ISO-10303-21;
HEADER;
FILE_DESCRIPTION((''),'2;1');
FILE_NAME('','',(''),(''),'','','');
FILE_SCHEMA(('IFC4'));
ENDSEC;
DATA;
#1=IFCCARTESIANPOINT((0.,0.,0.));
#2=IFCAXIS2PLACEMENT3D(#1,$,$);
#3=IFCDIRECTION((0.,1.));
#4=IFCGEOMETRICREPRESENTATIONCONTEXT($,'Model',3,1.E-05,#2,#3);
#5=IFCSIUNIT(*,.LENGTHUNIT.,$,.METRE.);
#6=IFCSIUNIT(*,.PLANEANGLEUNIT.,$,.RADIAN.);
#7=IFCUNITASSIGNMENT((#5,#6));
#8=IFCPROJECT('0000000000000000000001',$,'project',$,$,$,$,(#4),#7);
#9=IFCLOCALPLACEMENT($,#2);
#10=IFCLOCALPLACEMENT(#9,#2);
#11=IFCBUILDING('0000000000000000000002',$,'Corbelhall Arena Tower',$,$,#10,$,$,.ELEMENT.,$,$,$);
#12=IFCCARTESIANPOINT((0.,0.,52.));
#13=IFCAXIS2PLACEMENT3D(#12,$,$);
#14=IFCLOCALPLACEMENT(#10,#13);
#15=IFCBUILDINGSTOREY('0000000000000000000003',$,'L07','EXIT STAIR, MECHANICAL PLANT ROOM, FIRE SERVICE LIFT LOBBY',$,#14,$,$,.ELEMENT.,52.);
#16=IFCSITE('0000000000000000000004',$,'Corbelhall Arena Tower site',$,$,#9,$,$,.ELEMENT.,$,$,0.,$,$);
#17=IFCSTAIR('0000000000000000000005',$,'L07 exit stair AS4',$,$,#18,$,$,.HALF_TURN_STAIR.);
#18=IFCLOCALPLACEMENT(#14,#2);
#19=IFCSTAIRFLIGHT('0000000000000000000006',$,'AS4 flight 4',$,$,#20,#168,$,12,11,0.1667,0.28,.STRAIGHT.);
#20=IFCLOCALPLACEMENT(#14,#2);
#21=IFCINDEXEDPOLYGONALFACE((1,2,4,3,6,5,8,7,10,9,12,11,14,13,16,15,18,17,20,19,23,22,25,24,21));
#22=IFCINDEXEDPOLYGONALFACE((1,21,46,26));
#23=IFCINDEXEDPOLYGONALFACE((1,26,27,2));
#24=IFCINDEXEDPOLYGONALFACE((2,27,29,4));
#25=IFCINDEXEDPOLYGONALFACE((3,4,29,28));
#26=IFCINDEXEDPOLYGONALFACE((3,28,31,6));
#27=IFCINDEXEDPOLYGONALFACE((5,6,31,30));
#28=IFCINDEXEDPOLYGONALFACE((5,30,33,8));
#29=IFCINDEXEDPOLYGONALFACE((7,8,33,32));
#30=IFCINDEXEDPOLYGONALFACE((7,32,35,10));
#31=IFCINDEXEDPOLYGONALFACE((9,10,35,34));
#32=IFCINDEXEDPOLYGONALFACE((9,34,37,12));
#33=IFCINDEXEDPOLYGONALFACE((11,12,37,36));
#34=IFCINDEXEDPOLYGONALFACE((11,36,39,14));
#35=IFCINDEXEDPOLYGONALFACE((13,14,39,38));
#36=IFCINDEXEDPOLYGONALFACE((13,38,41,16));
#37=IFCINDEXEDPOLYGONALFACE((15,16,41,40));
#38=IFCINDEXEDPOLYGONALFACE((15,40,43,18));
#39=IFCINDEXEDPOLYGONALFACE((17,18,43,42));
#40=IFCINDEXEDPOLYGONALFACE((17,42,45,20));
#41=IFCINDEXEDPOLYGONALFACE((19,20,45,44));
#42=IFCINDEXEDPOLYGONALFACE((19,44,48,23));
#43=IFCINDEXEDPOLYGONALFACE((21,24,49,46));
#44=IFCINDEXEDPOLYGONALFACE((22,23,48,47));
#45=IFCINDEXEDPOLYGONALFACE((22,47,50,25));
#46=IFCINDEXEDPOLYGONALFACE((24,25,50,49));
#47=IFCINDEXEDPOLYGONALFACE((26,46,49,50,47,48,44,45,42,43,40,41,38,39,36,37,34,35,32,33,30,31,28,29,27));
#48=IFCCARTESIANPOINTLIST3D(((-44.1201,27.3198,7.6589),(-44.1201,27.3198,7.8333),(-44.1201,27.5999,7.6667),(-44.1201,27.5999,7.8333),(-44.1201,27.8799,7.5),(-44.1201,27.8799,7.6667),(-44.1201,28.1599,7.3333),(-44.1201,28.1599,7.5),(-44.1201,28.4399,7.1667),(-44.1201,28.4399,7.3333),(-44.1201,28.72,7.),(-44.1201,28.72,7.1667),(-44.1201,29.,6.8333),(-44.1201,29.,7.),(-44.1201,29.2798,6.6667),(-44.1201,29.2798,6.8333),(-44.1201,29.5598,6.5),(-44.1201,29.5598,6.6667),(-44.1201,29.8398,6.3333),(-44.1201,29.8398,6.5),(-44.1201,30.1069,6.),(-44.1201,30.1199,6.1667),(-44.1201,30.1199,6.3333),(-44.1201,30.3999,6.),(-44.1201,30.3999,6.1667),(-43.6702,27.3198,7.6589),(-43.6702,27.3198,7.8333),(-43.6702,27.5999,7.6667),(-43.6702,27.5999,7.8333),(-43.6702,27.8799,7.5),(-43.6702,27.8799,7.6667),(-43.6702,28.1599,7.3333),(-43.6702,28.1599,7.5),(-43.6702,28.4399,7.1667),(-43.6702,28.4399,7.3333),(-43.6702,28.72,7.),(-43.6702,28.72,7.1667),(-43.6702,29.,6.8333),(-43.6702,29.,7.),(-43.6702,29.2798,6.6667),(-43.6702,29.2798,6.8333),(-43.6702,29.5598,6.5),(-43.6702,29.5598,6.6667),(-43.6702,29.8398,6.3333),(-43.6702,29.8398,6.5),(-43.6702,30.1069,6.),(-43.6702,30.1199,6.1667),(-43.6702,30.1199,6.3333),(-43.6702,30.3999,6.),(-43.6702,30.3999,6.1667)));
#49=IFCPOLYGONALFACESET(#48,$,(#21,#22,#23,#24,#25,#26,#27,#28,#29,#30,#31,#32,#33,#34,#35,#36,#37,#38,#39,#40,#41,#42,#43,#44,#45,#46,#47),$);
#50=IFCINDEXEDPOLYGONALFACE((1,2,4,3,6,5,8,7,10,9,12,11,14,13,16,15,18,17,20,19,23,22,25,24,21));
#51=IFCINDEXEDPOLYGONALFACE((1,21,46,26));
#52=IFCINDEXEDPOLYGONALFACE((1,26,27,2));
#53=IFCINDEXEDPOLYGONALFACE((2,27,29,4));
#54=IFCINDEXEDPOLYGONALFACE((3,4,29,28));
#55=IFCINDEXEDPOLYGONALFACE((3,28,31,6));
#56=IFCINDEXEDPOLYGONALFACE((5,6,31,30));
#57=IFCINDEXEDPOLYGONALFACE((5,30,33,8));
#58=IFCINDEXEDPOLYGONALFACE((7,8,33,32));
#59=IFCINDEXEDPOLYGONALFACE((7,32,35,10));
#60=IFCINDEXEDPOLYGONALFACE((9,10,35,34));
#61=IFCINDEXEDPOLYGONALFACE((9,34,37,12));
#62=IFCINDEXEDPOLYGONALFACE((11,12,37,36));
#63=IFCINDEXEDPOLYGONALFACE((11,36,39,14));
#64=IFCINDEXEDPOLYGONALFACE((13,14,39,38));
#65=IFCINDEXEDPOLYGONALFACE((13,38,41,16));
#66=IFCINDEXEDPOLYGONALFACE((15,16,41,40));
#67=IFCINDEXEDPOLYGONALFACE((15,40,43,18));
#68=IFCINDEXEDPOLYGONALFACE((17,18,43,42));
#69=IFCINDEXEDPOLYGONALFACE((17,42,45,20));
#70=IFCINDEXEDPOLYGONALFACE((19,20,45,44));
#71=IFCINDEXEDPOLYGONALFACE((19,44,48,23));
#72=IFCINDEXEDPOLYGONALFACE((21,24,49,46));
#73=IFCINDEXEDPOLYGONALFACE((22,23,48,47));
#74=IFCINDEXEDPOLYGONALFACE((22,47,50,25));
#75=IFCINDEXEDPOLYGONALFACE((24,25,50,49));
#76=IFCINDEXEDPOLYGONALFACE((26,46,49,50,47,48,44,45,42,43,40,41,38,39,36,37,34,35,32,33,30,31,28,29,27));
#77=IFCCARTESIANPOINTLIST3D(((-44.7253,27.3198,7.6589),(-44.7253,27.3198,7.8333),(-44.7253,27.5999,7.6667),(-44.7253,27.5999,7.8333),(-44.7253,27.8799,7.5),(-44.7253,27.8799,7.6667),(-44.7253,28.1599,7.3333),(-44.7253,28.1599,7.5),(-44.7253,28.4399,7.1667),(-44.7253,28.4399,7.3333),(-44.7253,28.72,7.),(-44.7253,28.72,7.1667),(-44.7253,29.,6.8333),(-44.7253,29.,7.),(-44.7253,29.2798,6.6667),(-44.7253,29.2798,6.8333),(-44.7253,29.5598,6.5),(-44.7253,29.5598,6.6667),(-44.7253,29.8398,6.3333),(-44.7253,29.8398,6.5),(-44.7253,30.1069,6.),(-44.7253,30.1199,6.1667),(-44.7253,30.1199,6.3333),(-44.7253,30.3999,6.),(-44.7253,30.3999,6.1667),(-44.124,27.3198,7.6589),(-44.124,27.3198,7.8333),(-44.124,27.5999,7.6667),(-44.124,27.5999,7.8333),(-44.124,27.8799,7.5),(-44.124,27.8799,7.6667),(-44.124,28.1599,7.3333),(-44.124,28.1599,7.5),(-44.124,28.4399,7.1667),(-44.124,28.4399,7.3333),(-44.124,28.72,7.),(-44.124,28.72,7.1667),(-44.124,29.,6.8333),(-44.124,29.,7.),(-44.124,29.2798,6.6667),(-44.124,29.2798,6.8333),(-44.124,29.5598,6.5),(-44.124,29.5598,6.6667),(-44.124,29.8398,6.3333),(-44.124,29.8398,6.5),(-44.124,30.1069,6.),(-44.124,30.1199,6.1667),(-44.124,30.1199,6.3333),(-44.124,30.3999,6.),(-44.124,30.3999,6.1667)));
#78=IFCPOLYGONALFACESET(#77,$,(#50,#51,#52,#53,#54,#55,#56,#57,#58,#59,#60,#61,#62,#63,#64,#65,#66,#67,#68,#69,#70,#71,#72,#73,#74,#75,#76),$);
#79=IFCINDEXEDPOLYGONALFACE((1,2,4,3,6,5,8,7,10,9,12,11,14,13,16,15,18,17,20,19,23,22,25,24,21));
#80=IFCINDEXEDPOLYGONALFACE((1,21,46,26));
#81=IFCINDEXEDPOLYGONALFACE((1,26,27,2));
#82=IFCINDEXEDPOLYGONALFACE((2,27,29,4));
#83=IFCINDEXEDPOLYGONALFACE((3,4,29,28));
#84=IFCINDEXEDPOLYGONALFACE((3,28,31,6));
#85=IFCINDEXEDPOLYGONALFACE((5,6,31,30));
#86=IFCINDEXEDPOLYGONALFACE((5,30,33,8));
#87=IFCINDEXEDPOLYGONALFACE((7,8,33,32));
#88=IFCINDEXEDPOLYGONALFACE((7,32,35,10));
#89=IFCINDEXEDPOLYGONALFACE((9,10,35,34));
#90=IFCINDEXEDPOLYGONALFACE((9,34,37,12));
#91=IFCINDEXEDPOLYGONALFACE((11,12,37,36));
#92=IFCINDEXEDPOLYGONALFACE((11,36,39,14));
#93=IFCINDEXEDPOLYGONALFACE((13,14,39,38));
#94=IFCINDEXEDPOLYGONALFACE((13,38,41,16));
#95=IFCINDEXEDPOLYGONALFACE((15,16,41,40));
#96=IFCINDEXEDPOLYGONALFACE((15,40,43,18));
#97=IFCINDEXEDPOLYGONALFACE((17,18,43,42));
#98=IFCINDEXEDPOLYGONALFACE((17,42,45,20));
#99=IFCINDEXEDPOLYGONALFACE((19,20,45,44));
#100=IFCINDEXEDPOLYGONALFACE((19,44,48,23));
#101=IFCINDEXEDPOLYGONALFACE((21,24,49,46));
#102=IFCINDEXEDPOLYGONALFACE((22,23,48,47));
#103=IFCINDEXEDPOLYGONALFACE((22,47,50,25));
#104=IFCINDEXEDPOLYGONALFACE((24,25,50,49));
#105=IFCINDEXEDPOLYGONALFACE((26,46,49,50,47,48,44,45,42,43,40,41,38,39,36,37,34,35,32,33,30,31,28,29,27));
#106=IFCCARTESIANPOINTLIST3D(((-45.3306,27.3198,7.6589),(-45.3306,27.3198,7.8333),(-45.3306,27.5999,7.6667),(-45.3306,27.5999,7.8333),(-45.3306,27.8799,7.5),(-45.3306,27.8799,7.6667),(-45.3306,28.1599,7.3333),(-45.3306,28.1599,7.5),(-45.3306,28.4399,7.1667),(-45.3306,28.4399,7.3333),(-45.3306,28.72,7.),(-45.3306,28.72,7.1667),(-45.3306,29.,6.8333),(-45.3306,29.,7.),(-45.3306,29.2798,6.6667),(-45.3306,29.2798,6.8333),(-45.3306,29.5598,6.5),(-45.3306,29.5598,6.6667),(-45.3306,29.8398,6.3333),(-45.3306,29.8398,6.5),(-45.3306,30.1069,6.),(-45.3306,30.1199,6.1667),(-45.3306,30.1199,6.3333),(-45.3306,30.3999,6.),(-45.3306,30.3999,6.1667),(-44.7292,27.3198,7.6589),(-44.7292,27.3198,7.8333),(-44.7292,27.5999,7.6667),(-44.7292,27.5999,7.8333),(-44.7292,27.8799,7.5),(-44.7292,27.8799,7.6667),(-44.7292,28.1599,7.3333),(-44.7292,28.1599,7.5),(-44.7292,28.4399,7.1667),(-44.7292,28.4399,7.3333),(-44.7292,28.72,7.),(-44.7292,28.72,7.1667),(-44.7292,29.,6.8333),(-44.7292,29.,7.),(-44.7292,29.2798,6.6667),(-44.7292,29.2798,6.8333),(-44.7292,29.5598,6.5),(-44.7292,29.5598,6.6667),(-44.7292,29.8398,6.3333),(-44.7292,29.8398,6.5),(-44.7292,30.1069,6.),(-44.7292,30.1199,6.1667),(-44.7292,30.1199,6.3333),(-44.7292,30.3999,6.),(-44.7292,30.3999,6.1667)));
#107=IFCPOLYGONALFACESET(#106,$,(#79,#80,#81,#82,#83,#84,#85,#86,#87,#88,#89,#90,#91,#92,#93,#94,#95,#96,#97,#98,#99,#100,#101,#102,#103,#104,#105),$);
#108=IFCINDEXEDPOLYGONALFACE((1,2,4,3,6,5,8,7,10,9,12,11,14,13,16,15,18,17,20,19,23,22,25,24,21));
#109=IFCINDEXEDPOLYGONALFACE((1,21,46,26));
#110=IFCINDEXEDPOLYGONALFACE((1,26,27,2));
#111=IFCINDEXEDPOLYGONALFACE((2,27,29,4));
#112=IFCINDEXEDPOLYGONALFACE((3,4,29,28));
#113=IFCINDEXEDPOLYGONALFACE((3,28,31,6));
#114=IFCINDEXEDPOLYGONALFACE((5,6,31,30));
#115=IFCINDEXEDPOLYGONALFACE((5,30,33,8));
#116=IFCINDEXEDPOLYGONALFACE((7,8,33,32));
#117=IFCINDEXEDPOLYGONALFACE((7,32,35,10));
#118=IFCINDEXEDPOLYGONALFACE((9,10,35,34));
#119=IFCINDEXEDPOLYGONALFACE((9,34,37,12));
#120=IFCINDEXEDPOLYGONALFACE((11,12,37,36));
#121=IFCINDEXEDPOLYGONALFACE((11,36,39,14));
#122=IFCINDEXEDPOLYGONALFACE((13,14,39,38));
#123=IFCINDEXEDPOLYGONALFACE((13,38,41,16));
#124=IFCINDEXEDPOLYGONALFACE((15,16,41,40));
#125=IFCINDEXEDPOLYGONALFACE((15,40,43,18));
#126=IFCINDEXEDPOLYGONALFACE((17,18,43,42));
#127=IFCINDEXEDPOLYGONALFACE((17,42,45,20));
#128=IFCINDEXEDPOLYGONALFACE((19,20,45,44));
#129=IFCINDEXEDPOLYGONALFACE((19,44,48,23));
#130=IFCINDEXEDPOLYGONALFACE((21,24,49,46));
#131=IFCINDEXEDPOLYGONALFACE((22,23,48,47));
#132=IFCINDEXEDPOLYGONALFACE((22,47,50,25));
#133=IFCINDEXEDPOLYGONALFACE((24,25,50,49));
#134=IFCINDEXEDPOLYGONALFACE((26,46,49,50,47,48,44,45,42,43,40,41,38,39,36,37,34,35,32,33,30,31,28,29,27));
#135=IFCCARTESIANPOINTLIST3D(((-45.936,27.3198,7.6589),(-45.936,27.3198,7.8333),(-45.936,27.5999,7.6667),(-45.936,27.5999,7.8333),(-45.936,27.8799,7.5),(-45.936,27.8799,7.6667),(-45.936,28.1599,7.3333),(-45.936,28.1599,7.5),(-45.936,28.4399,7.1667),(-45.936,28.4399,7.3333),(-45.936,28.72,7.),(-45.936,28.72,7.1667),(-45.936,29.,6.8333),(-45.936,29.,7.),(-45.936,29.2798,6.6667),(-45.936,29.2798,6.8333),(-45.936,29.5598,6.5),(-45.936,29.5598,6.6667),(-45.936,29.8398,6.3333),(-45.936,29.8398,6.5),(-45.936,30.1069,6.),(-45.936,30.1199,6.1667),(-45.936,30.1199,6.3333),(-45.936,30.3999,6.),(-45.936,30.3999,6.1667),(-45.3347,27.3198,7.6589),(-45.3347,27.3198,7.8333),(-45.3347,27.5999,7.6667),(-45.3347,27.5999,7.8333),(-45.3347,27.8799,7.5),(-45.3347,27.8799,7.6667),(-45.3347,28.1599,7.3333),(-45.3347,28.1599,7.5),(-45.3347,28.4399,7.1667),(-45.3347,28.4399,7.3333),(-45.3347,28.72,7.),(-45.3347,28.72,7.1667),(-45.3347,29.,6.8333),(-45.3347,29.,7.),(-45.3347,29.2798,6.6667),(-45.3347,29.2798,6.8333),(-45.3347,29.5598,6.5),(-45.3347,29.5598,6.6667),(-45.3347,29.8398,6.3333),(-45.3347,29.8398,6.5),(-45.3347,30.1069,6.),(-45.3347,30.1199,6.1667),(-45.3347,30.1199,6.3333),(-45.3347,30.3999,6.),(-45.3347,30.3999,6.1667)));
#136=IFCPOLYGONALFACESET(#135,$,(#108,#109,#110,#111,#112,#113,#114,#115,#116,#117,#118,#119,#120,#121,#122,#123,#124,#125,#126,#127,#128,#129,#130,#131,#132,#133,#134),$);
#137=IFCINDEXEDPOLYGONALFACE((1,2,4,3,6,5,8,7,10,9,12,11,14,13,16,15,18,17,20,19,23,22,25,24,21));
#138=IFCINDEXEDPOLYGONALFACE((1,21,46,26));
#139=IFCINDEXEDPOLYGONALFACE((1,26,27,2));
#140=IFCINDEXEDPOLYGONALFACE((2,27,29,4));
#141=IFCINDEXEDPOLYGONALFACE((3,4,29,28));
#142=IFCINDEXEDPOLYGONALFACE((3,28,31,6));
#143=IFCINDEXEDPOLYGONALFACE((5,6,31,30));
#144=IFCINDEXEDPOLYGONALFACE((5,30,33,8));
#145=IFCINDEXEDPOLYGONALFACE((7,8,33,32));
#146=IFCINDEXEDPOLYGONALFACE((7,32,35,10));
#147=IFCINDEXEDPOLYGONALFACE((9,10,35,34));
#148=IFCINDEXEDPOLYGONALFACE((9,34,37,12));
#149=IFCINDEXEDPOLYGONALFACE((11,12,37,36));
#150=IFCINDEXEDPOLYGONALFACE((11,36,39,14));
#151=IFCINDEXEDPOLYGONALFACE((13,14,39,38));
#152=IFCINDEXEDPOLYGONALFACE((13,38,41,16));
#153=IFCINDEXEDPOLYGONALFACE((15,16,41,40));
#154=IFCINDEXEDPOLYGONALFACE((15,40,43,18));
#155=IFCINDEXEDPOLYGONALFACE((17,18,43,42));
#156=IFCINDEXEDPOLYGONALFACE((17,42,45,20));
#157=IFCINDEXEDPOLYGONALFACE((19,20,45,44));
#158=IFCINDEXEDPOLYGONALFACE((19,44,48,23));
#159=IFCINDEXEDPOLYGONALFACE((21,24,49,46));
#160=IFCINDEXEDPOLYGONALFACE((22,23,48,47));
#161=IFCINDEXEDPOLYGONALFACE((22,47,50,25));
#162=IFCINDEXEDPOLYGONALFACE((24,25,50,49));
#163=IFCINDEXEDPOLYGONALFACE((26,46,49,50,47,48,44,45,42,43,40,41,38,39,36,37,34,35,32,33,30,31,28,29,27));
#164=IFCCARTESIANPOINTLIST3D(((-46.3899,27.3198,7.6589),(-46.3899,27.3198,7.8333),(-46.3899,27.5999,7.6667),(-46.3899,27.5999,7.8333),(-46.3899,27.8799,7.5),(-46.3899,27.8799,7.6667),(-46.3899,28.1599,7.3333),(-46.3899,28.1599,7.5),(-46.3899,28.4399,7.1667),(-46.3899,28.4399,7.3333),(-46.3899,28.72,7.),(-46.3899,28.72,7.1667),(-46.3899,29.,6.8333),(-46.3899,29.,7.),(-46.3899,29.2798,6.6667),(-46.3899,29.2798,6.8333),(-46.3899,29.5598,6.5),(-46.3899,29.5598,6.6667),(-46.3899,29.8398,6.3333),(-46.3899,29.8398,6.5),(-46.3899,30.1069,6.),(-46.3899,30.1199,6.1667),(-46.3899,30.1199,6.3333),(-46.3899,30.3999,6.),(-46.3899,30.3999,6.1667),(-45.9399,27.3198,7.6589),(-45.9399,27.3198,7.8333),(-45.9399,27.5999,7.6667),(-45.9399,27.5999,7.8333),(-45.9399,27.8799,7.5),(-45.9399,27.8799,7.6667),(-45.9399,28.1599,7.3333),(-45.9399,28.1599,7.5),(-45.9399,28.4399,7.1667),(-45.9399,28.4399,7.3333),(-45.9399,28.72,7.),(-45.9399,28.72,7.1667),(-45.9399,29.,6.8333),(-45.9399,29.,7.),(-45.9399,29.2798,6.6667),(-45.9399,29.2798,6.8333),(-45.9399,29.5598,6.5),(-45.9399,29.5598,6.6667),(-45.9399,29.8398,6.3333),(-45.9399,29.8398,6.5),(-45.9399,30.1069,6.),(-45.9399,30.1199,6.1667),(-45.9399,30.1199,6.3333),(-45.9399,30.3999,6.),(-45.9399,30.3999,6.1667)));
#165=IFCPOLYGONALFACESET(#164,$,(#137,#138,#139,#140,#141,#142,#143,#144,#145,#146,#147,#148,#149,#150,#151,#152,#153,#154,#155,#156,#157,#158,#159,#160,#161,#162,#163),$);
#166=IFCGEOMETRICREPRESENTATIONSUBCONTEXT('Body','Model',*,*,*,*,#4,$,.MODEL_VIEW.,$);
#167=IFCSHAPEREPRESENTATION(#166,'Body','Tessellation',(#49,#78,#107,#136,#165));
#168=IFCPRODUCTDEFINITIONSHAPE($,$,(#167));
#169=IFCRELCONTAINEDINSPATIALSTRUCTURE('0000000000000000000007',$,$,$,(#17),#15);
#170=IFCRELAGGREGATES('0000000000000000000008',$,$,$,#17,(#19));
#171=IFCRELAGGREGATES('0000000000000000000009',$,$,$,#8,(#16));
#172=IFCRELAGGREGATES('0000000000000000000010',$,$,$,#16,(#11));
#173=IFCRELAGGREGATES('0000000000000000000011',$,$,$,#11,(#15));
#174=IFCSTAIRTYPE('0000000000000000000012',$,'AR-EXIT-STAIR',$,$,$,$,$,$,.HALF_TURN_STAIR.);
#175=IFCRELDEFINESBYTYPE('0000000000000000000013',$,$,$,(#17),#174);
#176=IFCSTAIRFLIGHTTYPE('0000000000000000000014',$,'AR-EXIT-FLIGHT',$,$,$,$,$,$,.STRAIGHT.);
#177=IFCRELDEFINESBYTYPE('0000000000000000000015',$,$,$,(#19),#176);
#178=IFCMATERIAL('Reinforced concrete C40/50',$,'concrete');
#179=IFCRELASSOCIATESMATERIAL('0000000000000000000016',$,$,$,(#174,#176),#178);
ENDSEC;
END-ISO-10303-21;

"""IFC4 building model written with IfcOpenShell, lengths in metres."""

from ifc_helpers import new_model, si_unit, direction, frame, origin, place, context, subcontext, project, spatial, polyline, outline, extrude, material, type_object, element, aggregate, save


model = new_model("IFC4")

# Units and contexts
model_context = context("Model", 3, precision=1e-05, world=origin(), true_north=direction((0.0, 1.0)))
body_context = subcontext(model_context, "Body", "Model", "MODEL_VIEW")
ifc_project = project(units=[si_unit("LENGTHUNIT", "METRE"), si_unit("PLANEANGLEUNIT", "RADIAN")], contexts=[model_context])

# Site, building, storey
site_placement = place(None, origin())
site = spatial("IfcSite", under=ifc_project, at=site_placement, Name="Corbelhall Arena Tower site", CompositionType="ELEMENT", RefElevation=0.0)
building_placement = place(site_placement, origin())
building = spatial("IfcBuilding", under=site, at=building_placement, Name="Corbelhall Arena Tower", CompositionType="ELEMENT")
storey_placement = place(building_placement, frame((0.0, 0.0, 52.0)))
storey = spatial("IfcBuildingStorey", under=building, at=storey_placement, Name="L07", Description="EXIT STAIR, MECHANICAL PLANT ROOM, FIRE SERVICE LIFT LOBBY", CompositionType="ELEMENT", Elevation=52.0)

# Shared definitions
ifc_material_1 = material(Name="Reinforced concrete C40/50", Category="concrete")

# Stair, stair flight
stair_type = type_object("IfcStairType", Name="AR-EXIT-STAIR", PredefinedType="HALF_TURN_STAIR", material=ifc_material_1)
stair_flight_type = type_object("IfcStairFlightType", Name="AR-EXIT-FLIGHT", PredefinedType="STRAIGHT", material=ifc_material_1)
stair_1_placement = place(storey_placement, origin())
stair_1 = element("IfcStair", 1, at=stair_1_placement, inside=storey, type_object=stair_type, Name="L07 exit stair AS4", PredefinedType="HALF_TURN_STAIR")
stair_flight_1_placement = place(storey_placement, frame((-45.03, 30.3999, 6.0), z_axis=(0.0, 0.0, 1.0), x_axis=(0.0, -1.0, 0.0)))
stair_flight_1 = element("IfcStairFlight", 2, at=stair_flight_1_placement, type_object=stair_flight_type, Name="AS4 flight 4", NumberOfRisers=12, NumberOfTreads=11, PredefinedType="STRAIGHT", RiserHeight=0.1667, TreadLength=0.28, context=body_context, shape_type="SweptSolid", body=[
    extrude(outline(polyline([(0.0, 0.0), (0.0, 0.1667), (0.28, 0.1667), (0.28, 0.3333), (0.5601, 0.3333), (0.5601, 0.5), (0.8401, 0.5), (0.8401, 0.6667), (1.1201, 0.6667), (1.1201, 0.8333), (1.3999, 0.8333), (1.3999, 1.0), (1.6799, 1.0), (1.6799, 1.1667), (1.96, 1.1667), (1.96, 1.3333), (2.24, 1.3333), (2.24, 1.5), (2.52, 1.5), (2.52, 1.6667), (2.8, 1.6667), (2.8, 1.8333), (3.0801, 1.8333), (3.0801, 2.0), (3.0801, 1.6589), (0.293, 0.0), (0.0, 0.0)])), frame((0.0, 1.3599, 0.0), z_axis=(0.0, -1.0, 0.0), x_axis=(1.0, 0.0, 0.0)), (0.0, 0.0, 1.0), 0.45),
    extrude(outline(polyline([(0.0, 0.0), (0.0, 0.1667), (0.28, 0.1667), (0.28, 0.3333), (0.5601, 0.3333), (0.5601, 0.5), (0.8401, 0.5), (0.8401, 0.6667), (1.1201, 0.6667), (1.1201, 0.8333), (1.3999, 0.8333), (1.3999, 1.0), (1.6799, 1.0), (1.6799, 1.1667), (1.96, 1.1667), (1.96, 1.3333), (2.24, 1.3333), (2.24, 1.5), (2.52, 1.5), (2.52, 1.6667), (2.8, 1.6667), (2.8, 1.8333), (3.0801, 1.8333), (3.0801, 2.0), (3.0801, 1.6589), (0.293, 0.0), (0.0, 0.0)])), frame((0.0, 0.906, 0.0), z_axis=(0.0, -1.0, 0.0), x_axis=(1.0, 0.0, 0.0)), (0.0, 0.0, 1.0), 0.6013),
    extrude(outline(polyline([(0.0, 0.0), (0.0, 0.1667), (0.28, 0.1667), (0.28, 0.3333), (0.5601, 0.3333), (0.5601, 0.5), (0.8401, 0.5), (0.8401, 0.6667), (1.1201, 0.6667), (1.1201, 0.8333), (1.3999, 0.8333), (1.3999, 1.0), (1.6799, 1.0), (1.6799, 1.1667), (1.96, 1.1667), (1.96, 1.3333), (2.24, 1.3333), (2.24, 1.5), (2.52, 1.5), (2.52, 1.6667), (2.8, 1.6667), (2.8, 1.8333), (3.0801, 1.8333), (3.0801, 2.0), (3.0801, 1.6589), (0.293, 0.0), (0.0, 0.0)])), frame((0.0, 0.3008, 0.0), z_axis=(0.0, -1.0, 0.0), x_axis=(1.0, 0.0, 0.0)), (0.0, 0.0, 1.0), 0.6013),
    extrude(outline(polyline([(0.0, 0.0), (0.0, 0.1667), (0.28, 0.1667), (0.28, 0.3333), (0.5601, 0.3333), (0.5601, 0.5), (0.8401, 0.5), (0.8401, 0.6667), (1.1201, 0.6667), (1.1201, 0.8333), (1.3999, 0.8333), (1.3999, 1.0), (1.6799, 1.0), (1.6799, 1.1667), (1.96, 1.1667), (1.96, 1.3333), (2.24, 1.3333), (2.24, 1.5), (2.52, 1.5), (2.52, 1.6667), (2.8, 1.6667), (2.8, 1.8333), (3.0801, 1.8333), (3.0801, 2.0), (3.0801, 1.6589), (0.293, 0.0), (0.0, 0.0)])), frame((0.0, -0.3047, 0.0), z_axis=(0.0, -1.0, 0.0), x_axis=(1.0, 0.0, 0.0)), (0.0, 0.0, 1.0), 0.6013),
    extrude(outline(polyline([(0.0, 0.0), (0.0, 0.1667), (0.28, 0.1667), (0.28, 0.3333), (0.5601, 0.3333), (0.5601, 0.5), (0.8401, 0.5), (0.8401, 0.6667), (1.1201, 0.6667), (1.1201, 0.8333), (1.3999, 0.8333), (1.3999, 1.0), (1.6799, 1.0), (1.6799, 1.1667), (1.96, 1.1667), (1.96, 1.3333), (2.24, 1.3333), (2.24, 1.5), (2.52, 1.5), (2.52, 1.6667), (2.8, 1.6667), (2.8, 1.8333), (3.0801, 1.8333), (3.0801, 2.0), (3.0801, 1.6589), (0.293, 0.0), (0.0, 0.0)])), frame((0.0, -0.9099, 0.0), z_axis=(0.0, -1.0, 0.0), x_axis=(1.0, 0.0, 0.0)), (0.0, 0.0, 1.0), 0.45),
])
aggregate(stair_1, [stair_flight_1])

save(model, "model.ifc")
